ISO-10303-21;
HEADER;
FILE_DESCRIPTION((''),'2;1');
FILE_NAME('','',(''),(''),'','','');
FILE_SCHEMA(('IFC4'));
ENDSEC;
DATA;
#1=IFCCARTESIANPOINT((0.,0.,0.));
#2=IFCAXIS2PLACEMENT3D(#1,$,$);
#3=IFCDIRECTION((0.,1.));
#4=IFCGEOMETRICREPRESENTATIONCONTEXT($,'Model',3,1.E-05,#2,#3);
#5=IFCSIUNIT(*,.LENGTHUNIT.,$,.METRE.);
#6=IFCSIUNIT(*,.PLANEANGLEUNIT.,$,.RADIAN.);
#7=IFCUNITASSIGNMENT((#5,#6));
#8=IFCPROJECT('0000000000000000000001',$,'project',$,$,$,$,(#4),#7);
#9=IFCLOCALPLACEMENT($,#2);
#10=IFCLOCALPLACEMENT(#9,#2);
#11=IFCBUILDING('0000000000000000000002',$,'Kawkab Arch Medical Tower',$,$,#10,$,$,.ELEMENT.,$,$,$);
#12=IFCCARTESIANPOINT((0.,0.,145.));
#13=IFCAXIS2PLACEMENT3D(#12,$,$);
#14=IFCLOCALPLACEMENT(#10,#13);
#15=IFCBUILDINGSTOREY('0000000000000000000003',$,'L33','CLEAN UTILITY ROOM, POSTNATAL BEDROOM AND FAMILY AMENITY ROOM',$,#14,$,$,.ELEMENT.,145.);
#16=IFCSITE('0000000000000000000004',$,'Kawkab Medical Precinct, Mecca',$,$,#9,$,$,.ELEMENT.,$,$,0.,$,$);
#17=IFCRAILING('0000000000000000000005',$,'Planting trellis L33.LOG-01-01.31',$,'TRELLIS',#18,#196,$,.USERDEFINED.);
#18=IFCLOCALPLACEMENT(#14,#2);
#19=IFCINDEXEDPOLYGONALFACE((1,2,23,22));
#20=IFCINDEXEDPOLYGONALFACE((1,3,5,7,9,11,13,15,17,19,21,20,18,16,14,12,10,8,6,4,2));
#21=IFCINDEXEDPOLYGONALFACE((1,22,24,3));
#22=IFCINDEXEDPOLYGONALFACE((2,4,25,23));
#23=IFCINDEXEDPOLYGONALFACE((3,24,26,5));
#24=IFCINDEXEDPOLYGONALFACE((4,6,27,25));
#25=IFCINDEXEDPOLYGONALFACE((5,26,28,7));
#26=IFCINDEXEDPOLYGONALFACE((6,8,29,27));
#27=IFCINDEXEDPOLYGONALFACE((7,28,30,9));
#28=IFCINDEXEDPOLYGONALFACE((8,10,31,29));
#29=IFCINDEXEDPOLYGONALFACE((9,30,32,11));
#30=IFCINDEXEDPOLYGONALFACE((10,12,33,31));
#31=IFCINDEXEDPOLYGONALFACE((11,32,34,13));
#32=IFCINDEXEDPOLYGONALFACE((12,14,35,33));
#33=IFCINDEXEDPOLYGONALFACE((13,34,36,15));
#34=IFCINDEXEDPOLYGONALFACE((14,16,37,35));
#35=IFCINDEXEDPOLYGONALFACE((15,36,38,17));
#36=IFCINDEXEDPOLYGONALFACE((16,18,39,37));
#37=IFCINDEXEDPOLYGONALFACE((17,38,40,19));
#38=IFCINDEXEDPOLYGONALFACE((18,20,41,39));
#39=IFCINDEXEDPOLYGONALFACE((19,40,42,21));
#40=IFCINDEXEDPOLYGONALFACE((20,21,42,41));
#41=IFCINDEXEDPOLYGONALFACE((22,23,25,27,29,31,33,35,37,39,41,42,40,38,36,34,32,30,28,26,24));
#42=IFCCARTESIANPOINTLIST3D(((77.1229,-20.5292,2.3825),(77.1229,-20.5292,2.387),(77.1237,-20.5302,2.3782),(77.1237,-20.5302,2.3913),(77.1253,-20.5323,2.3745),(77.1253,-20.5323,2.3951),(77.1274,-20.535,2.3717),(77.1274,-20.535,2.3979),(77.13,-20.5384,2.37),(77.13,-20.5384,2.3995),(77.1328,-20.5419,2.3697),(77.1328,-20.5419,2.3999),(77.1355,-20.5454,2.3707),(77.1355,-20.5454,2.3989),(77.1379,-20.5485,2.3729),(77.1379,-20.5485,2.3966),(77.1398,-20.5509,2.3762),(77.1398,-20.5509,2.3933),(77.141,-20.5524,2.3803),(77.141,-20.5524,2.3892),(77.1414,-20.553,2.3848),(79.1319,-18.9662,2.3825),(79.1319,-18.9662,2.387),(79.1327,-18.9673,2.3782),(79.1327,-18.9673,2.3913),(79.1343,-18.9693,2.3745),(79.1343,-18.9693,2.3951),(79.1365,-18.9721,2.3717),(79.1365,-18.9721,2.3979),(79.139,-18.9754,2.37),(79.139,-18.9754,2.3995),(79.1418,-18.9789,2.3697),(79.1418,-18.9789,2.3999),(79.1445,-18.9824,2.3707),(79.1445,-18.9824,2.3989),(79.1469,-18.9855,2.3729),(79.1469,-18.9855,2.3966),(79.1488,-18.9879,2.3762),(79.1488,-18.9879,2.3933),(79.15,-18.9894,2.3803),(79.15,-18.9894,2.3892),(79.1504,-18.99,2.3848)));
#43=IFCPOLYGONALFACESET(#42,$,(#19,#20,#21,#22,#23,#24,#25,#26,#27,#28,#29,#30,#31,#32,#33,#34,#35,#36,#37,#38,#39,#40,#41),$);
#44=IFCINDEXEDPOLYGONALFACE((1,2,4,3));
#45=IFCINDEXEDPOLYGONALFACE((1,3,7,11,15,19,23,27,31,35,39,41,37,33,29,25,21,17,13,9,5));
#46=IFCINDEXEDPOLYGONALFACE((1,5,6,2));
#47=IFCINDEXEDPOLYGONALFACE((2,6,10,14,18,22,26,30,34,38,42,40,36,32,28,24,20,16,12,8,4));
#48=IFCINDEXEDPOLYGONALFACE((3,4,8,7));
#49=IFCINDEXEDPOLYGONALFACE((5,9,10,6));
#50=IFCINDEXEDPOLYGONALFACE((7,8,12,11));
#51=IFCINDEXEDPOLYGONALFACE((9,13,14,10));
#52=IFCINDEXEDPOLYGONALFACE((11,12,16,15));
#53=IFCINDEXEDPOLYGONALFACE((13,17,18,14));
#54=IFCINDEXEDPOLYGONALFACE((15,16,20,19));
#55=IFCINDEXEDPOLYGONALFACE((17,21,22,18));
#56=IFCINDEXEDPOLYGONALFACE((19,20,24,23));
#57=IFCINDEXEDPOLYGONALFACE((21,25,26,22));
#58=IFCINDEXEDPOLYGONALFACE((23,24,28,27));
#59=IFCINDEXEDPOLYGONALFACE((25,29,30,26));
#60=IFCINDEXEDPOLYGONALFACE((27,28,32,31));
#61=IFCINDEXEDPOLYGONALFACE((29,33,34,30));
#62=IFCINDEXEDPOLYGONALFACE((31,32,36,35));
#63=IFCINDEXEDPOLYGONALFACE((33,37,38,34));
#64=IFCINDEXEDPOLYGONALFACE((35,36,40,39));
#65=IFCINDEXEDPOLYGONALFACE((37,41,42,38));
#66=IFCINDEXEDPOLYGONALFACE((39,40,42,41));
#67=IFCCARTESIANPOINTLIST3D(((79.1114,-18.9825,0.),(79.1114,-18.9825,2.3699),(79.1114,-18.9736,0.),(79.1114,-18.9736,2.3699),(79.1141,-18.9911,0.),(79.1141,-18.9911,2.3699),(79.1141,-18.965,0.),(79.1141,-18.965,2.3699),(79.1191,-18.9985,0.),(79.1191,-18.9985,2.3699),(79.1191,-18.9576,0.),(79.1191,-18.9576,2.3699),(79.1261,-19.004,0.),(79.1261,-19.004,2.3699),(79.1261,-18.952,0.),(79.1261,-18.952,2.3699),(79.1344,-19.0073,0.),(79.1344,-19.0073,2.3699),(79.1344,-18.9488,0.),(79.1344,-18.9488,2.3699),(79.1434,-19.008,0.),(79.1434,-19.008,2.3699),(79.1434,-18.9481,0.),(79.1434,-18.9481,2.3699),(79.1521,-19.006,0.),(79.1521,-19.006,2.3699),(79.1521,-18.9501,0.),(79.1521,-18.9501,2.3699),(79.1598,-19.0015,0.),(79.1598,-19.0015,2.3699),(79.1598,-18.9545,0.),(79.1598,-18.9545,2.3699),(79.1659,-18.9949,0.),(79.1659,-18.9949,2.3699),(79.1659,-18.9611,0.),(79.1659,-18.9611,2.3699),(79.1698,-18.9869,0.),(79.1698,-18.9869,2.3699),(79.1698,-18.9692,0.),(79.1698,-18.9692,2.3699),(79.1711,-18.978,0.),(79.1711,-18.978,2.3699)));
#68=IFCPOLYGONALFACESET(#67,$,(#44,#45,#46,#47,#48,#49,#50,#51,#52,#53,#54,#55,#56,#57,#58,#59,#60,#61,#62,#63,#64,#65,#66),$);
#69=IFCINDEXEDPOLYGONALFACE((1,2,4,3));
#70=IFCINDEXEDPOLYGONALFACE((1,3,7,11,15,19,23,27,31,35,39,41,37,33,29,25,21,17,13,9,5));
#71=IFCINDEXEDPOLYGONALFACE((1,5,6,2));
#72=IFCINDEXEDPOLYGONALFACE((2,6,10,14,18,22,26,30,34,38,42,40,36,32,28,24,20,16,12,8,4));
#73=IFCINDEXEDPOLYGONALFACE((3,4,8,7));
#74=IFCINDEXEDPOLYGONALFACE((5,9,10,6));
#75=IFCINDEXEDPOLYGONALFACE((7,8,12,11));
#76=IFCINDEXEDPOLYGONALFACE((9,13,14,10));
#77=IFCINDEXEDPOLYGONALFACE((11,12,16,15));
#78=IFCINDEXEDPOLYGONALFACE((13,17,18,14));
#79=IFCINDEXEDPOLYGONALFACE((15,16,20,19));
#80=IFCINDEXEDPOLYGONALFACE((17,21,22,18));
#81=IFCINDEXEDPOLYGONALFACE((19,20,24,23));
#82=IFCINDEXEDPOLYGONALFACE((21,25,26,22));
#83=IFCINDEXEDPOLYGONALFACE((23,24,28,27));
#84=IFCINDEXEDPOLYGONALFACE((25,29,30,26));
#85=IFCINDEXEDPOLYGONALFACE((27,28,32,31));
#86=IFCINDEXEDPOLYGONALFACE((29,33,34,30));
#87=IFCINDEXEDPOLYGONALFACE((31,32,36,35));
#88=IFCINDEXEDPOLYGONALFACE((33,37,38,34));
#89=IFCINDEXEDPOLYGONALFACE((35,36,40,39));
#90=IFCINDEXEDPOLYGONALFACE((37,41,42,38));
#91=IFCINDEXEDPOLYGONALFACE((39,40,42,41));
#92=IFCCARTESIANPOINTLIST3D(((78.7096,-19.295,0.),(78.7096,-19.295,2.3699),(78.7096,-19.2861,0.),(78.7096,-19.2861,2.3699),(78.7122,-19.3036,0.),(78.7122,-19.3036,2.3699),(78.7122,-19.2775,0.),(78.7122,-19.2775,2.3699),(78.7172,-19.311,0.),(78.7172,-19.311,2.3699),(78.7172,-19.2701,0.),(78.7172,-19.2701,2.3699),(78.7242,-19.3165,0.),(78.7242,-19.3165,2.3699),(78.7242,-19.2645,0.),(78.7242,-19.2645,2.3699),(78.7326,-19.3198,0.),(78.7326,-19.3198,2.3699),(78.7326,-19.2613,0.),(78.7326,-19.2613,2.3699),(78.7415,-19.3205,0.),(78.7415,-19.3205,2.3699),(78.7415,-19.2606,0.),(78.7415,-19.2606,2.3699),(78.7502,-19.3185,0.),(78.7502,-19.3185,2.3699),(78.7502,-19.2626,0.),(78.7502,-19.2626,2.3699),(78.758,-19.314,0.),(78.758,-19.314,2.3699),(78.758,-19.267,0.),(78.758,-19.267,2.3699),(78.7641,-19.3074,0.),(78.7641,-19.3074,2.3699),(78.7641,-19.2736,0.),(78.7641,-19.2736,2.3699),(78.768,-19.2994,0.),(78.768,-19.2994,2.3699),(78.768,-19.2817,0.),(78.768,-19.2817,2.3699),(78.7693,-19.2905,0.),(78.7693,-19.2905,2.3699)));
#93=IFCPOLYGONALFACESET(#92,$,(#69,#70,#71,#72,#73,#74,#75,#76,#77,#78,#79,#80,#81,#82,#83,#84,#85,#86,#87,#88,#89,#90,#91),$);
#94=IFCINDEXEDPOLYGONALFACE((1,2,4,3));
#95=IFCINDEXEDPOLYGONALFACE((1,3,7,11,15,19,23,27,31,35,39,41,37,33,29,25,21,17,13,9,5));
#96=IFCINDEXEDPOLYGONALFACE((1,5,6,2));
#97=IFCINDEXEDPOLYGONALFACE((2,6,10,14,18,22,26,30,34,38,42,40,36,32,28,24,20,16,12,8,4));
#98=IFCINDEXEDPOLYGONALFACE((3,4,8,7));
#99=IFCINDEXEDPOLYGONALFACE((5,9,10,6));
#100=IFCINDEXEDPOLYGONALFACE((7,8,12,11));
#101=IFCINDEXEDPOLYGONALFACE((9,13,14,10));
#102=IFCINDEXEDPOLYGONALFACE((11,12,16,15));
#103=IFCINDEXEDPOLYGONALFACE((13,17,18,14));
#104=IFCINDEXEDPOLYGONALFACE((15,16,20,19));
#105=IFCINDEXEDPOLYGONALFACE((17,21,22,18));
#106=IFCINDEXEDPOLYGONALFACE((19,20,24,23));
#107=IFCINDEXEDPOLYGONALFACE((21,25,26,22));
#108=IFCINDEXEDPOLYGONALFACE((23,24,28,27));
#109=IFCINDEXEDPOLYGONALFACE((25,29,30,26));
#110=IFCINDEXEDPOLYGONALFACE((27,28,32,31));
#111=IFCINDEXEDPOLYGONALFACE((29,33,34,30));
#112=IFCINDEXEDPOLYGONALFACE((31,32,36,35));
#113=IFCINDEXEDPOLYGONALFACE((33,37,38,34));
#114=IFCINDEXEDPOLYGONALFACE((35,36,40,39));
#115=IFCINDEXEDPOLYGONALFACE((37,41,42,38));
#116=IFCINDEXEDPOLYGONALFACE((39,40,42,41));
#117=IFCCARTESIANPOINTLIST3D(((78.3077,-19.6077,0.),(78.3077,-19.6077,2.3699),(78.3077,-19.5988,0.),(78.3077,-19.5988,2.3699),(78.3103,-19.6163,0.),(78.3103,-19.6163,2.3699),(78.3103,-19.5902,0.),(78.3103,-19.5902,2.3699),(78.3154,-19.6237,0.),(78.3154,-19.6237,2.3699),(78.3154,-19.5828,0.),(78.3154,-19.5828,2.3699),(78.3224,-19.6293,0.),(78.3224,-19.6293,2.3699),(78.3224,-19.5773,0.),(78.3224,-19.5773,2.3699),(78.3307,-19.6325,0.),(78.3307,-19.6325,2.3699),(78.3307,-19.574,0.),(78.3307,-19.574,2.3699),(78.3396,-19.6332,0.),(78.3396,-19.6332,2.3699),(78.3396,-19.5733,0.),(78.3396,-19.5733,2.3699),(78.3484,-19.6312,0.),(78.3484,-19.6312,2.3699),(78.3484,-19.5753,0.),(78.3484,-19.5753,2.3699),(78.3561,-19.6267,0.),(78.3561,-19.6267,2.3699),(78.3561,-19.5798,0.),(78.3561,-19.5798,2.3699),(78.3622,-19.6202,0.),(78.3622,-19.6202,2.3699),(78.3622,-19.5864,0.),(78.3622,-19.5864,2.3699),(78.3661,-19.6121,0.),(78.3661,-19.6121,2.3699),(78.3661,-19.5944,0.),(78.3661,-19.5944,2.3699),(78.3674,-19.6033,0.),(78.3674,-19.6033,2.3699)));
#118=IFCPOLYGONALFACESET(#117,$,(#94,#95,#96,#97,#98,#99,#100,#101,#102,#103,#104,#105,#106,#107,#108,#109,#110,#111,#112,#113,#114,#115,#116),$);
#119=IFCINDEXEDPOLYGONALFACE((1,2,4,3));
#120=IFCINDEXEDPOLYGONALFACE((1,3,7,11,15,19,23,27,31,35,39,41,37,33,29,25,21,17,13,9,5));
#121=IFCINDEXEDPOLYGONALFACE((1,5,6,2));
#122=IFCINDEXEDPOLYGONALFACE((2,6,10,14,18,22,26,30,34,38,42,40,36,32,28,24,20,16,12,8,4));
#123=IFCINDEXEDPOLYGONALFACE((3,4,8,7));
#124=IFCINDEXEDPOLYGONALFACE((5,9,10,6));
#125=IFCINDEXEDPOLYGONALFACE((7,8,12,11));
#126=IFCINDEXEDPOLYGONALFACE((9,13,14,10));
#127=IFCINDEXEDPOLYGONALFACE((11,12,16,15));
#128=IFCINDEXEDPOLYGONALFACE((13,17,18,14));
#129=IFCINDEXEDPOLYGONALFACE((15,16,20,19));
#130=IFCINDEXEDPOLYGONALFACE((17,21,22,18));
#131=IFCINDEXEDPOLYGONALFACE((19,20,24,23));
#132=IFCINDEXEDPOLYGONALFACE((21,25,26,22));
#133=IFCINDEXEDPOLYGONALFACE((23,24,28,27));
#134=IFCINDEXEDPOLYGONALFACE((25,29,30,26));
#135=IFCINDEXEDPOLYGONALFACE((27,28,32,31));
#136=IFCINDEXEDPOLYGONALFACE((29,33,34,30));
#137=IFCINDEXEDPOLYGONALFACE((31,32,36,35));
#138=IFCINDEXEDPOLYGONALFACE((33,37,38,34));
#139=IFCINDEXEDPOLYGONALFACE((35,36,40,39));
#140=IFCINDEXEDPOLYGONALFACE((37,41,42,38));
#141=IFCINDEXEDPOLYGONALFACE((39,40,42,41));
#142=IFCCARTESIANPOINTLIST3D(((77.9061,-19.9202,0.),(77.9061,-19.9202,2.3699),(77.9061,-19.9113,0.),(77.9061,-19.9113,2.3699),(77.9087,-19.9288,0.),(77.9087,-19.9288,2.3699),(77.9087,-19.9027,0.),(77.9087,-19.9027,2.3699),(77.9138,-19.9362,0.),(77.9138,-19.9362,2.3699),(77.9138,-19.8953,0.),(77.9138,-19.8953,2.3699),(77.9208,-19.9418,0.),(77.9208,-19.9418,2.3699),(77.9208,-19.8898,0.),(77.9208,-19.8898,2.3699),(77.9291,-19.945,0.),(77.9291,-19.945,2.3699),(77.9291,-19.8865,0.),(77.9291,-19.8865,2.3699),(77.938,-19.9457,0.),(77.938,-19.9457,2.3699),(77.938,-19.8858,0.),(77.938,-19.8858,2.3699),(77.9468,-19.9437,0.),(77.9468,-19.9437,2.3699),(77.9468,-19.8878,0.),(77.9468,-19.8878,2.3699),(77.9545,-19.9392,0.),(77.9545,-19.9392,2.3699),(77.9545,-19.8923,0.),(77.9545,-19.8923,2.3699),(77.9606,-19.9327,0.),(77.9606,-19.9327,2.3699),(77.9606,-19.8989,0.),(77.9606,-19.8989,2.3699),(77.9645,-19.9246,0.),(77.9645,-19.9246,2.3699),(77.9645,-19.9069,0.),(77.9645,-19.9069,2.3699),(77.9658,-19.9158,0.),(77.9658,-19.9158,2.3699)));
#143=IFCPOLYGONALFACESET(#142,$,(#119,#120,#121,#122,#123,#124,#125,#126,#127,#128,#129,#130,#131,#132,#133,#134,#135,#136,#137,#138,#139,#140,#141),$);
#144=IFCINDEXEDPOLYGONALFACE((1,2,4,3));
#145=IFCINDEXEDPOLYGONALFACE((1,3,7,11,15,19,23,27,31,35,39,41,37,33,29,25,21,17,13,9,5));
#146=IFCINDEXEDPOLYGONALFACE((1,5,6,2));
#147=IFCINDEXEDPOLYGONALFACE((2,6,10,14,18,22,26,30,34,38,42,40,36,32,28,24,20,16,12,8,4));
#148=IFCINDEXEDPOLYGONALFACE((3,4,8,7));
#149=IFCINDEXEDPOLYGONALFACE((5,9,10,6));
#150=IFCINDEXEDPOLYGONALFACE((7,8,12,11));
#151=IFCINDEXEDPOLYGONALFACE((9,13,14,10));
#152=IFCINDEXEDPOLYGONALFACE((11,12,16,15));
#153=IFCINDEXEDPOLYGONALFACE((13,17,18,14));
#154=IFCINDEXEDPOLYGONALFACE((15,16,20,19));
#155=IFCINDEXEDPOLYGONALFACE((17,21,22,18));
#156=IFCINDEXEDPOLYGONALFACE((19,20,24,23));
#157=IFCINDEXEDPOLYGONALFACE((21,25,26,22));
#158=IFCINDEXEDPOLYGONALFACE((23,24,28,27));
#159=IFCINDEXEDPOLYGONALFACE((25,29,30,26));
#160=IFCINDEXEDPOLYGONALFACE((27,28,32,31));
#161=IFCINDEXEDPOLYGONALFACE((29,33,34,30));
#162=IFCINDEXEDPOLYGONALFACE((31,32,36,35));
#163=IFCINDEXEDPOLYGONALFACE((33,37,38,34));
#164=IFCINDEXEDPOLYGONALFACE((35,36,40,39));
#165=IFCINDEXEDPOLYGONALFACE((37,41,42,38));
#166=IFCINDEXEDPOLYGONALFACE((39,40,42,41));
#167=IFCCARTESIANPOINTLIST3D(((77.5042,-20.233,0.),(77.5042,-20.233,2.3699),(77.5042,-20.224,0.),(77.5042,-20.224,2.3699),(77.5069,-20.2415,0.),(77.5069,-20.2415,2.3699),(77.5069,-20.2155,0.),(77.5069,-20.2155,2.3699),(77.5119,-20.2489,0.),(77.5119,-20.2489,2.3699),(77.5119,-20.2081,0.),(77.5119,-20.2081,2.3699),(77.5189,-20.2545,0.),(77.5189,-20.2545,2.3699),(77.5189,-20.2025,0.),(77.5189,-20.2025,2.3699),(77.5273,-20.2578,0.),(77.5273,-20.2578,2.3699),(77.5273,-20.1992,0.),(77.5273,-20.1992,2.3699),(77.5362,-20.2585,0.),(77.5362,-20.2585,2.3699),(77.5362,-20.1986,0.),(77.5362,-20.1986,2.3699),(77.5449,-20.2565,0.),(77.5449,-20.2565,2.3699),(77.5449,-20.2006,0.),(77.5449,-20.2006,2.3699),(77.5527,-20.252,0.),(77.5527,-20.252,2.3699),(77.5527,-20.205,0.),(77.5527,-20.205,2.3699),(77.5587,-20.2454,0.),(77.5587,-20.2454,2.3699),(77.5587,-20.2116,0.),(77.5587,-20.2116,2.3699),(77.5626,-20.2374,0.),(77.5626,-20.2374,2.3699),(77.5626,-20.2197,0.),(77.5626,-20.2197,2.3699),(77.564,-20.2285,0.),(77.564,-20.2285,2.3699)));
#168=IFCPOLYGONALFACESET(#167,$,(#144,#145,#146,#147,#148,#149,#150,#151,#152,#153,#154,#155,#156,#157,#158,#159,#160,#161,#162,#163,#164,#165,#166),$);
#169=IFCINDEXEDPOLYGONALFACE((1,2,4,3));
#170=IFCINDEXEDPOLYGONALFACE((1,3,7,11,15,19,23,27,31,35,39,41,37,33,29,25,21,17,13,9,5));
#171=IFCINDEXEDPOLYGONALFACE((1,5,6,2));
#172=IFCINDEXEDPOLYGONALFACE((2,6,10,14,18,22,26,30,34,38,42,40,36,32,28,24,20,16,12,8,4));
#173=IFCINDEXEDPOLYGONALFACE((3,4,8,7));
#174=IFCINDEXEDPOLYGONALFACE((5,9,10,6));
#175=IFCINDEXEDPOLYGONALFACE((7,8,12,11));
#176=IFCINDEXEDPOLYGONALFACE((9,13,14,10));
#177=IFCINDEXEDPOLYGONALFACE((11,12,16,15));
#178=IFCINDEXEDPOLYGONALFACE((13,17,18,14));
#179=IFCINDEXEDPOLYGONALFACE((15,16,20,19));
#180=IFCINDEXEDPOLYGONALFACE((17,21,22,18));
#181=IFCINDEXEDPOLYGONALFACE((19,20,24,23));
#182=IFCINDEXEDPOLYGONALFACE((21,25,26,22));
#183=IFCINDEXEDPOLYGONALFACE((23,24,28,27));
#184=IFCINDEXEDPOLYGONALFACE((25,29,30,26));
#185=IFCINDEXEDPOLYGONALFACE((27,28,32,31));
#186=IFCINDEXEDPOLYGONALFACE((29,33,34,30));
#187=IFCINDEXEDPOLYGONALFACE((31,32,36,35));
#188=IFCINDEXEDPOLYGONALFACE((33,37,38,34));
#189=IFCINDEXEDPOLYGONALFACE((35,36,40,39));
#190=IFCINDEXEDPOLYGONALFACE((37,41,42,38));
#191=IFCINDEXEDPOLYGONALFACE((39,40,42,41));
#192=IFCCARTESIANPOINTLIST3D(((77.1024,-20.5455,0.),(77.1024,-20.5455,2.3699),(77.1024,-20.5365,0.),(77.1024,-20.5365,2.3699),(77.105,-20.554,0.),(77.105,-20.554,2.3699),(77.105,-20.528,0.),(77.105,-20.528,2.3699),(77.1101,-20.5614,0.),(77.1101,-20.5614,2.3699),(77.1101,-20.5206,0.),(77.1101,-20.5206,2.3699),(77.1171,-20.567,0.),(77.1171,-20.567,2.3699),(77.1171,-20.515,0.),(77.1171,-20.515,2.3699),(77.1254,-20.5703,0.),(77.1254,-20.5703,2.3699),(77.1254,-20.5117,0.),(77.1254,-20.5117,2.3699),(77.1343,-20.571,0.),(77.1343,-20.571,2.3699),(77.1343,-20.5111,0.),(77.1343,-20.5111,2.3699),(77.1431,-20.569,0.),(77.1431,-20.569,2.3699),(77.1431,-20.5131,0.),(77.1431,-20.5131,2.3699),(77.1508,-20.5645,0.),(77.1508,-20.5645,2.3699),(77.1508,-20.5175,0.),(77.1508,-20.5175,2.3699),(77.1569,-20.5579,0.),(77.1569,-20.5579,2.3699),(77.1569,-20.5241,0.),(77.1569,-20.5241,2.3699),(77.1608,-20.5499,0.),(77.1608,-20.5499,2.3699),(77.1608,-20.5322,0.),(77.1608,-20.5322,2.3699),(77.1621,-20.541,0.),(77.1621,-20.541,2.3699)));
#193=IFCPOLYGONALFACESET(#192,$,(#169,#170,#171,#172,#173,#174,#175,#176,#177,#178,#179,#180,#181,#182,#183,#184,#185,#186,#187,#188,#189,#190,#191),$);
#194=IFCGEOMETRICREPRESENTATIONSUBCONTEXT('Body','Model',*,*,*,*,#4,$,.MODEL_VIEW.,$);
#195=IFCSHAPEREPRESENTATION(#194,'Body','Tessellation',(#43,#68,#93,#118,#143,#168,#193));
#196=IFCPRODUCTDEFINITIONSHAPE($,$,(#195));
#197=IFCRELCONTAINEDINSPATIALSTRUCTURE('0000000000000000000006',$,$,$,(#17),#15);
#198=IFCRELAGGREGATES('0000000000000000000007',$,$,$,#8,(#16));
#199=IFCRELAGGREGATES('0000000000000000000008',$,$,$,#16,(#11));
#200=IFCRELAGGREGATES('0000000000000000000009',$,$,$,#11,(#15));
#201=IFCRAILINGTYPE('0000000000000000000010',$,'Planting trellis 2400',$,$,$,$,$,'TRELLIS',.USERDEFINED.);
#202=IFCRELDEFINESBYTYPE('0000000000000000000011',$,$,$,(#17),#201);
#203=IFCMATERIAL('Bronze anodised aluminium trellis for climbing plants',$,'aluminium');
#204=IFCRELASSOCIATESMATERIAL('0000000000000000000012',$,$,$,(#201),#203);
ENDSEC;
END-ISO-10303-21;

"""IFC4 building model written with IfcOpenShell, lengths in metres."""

from ifc_helpers import new_model, si_unit, direction, frame, origin, origin_2d, place, context, subcontext, project, spatial, circle, extrude, material, type_object, element, save


model = new_model("IFC4")

# Units and contexts
model_context = context("Model", 3, precision=1e-05, world=origin(), true_north=direction((0.0, 1.0)))
body_context = subcontext(model_context, "Body", "Model", "MODEL_VIEW")
ifc_project = project(units=[si_unit("LENGTHUNIT", "METRE"), si_unit("PLANEANGLEUNIT", "RADIAN")], contexts=[model_context])

# Site, building, storey
site_placement = place(None, origin())
site = spatial("IfcSite", under=ifc_project, at=site_placement, Name="Kawkab Medical Precinct, Mecca", CompositionType="ELEMENT", RefElevation=0.0)
building_placement = place(site_placement, origin())
building = spatial("IfcBuilding", under=site, at=building_placement, Name="Kawkab Arch Medical Tower", CompositionType="ELEMENT")
storey_placement = place(building_placement, frame((0.0, 0.0, 145.0)))
storey = spatial("IfcBuildingStorey", under=building, at=storey_placement, Name="L33", Description="CLEAN UTILITY ROOM, POSTNATAL BEDROOM AND FAMILY AMENITY ROOM", CompositionType="ELEMENT", Elevation=145.0)

# Railing
ifc_material_1 = material(Name="Bronze anodised aluminium trellis for climbing plants", Category="aluminium")
railing_type = type_object("IfcRailingType", Name="Planting trellis 2400", ElementType="TRELLIS", PredefinedType="USERDEFINED", material=ifc_material_1)
railing_1_placement = place(storey_placement, frame((79.1411, -18.978, 0.0)))
element("IfcRailing", 1, at=railing_1_placement, inside=storey, type_object=railing_type, Name="Planting trellis L33.LOG-01-01.31", ObjectType="TRELLIS", PredefinedType="USERDEFINED", context=body_context, shape_type="SweptSolid", body=[
    extrude(circle(Radius=0.0151, at=origin_2d()), frame((0.0, 0.0, 2.3848), z_axis=(-0.789275, -0.61404, 0.0), x_axis=(0.61404, -0.789275, 0.0)), (0.0, 0.0, 1.0), 2.5454),
    extrude(circle(Radius=0.03, at=origin_2d()), origin(), (0.0, 0.0, 1.0), 2.3699),
    extrude(circle(Radius=0.03, at=origin_2d()), frame((-0.4019, -0.3125, 0.0)), (0.0, 0.0, 1.0), 2.3699),
    extrude(circle(Radius=0.03, at=origin_2d()), frame((-0.8037, -0.6252, 0.0)), (0.0, 0.0, 1.0), 2.3699),
    extrude(circle(Radius=0.03, at=origin_2d()), frame((-1.2053, -0.9377, 0.0)), (0.0, 0.0, 1.0), 2.3699),
    extrude(circle(Radius=0.03, at=origin_2d()), frame((-1.6072, -1.2505, 0.0)), (0.0, 0.0, 1.0), 2.3699),
    extrude(circle(Radius=0.03, at=origin_2d()), frame((-2.009, -1.563, 0.0)), (0.0, 0.0, 1.0), 2.3699),
])

save(model, "model.ifc")
